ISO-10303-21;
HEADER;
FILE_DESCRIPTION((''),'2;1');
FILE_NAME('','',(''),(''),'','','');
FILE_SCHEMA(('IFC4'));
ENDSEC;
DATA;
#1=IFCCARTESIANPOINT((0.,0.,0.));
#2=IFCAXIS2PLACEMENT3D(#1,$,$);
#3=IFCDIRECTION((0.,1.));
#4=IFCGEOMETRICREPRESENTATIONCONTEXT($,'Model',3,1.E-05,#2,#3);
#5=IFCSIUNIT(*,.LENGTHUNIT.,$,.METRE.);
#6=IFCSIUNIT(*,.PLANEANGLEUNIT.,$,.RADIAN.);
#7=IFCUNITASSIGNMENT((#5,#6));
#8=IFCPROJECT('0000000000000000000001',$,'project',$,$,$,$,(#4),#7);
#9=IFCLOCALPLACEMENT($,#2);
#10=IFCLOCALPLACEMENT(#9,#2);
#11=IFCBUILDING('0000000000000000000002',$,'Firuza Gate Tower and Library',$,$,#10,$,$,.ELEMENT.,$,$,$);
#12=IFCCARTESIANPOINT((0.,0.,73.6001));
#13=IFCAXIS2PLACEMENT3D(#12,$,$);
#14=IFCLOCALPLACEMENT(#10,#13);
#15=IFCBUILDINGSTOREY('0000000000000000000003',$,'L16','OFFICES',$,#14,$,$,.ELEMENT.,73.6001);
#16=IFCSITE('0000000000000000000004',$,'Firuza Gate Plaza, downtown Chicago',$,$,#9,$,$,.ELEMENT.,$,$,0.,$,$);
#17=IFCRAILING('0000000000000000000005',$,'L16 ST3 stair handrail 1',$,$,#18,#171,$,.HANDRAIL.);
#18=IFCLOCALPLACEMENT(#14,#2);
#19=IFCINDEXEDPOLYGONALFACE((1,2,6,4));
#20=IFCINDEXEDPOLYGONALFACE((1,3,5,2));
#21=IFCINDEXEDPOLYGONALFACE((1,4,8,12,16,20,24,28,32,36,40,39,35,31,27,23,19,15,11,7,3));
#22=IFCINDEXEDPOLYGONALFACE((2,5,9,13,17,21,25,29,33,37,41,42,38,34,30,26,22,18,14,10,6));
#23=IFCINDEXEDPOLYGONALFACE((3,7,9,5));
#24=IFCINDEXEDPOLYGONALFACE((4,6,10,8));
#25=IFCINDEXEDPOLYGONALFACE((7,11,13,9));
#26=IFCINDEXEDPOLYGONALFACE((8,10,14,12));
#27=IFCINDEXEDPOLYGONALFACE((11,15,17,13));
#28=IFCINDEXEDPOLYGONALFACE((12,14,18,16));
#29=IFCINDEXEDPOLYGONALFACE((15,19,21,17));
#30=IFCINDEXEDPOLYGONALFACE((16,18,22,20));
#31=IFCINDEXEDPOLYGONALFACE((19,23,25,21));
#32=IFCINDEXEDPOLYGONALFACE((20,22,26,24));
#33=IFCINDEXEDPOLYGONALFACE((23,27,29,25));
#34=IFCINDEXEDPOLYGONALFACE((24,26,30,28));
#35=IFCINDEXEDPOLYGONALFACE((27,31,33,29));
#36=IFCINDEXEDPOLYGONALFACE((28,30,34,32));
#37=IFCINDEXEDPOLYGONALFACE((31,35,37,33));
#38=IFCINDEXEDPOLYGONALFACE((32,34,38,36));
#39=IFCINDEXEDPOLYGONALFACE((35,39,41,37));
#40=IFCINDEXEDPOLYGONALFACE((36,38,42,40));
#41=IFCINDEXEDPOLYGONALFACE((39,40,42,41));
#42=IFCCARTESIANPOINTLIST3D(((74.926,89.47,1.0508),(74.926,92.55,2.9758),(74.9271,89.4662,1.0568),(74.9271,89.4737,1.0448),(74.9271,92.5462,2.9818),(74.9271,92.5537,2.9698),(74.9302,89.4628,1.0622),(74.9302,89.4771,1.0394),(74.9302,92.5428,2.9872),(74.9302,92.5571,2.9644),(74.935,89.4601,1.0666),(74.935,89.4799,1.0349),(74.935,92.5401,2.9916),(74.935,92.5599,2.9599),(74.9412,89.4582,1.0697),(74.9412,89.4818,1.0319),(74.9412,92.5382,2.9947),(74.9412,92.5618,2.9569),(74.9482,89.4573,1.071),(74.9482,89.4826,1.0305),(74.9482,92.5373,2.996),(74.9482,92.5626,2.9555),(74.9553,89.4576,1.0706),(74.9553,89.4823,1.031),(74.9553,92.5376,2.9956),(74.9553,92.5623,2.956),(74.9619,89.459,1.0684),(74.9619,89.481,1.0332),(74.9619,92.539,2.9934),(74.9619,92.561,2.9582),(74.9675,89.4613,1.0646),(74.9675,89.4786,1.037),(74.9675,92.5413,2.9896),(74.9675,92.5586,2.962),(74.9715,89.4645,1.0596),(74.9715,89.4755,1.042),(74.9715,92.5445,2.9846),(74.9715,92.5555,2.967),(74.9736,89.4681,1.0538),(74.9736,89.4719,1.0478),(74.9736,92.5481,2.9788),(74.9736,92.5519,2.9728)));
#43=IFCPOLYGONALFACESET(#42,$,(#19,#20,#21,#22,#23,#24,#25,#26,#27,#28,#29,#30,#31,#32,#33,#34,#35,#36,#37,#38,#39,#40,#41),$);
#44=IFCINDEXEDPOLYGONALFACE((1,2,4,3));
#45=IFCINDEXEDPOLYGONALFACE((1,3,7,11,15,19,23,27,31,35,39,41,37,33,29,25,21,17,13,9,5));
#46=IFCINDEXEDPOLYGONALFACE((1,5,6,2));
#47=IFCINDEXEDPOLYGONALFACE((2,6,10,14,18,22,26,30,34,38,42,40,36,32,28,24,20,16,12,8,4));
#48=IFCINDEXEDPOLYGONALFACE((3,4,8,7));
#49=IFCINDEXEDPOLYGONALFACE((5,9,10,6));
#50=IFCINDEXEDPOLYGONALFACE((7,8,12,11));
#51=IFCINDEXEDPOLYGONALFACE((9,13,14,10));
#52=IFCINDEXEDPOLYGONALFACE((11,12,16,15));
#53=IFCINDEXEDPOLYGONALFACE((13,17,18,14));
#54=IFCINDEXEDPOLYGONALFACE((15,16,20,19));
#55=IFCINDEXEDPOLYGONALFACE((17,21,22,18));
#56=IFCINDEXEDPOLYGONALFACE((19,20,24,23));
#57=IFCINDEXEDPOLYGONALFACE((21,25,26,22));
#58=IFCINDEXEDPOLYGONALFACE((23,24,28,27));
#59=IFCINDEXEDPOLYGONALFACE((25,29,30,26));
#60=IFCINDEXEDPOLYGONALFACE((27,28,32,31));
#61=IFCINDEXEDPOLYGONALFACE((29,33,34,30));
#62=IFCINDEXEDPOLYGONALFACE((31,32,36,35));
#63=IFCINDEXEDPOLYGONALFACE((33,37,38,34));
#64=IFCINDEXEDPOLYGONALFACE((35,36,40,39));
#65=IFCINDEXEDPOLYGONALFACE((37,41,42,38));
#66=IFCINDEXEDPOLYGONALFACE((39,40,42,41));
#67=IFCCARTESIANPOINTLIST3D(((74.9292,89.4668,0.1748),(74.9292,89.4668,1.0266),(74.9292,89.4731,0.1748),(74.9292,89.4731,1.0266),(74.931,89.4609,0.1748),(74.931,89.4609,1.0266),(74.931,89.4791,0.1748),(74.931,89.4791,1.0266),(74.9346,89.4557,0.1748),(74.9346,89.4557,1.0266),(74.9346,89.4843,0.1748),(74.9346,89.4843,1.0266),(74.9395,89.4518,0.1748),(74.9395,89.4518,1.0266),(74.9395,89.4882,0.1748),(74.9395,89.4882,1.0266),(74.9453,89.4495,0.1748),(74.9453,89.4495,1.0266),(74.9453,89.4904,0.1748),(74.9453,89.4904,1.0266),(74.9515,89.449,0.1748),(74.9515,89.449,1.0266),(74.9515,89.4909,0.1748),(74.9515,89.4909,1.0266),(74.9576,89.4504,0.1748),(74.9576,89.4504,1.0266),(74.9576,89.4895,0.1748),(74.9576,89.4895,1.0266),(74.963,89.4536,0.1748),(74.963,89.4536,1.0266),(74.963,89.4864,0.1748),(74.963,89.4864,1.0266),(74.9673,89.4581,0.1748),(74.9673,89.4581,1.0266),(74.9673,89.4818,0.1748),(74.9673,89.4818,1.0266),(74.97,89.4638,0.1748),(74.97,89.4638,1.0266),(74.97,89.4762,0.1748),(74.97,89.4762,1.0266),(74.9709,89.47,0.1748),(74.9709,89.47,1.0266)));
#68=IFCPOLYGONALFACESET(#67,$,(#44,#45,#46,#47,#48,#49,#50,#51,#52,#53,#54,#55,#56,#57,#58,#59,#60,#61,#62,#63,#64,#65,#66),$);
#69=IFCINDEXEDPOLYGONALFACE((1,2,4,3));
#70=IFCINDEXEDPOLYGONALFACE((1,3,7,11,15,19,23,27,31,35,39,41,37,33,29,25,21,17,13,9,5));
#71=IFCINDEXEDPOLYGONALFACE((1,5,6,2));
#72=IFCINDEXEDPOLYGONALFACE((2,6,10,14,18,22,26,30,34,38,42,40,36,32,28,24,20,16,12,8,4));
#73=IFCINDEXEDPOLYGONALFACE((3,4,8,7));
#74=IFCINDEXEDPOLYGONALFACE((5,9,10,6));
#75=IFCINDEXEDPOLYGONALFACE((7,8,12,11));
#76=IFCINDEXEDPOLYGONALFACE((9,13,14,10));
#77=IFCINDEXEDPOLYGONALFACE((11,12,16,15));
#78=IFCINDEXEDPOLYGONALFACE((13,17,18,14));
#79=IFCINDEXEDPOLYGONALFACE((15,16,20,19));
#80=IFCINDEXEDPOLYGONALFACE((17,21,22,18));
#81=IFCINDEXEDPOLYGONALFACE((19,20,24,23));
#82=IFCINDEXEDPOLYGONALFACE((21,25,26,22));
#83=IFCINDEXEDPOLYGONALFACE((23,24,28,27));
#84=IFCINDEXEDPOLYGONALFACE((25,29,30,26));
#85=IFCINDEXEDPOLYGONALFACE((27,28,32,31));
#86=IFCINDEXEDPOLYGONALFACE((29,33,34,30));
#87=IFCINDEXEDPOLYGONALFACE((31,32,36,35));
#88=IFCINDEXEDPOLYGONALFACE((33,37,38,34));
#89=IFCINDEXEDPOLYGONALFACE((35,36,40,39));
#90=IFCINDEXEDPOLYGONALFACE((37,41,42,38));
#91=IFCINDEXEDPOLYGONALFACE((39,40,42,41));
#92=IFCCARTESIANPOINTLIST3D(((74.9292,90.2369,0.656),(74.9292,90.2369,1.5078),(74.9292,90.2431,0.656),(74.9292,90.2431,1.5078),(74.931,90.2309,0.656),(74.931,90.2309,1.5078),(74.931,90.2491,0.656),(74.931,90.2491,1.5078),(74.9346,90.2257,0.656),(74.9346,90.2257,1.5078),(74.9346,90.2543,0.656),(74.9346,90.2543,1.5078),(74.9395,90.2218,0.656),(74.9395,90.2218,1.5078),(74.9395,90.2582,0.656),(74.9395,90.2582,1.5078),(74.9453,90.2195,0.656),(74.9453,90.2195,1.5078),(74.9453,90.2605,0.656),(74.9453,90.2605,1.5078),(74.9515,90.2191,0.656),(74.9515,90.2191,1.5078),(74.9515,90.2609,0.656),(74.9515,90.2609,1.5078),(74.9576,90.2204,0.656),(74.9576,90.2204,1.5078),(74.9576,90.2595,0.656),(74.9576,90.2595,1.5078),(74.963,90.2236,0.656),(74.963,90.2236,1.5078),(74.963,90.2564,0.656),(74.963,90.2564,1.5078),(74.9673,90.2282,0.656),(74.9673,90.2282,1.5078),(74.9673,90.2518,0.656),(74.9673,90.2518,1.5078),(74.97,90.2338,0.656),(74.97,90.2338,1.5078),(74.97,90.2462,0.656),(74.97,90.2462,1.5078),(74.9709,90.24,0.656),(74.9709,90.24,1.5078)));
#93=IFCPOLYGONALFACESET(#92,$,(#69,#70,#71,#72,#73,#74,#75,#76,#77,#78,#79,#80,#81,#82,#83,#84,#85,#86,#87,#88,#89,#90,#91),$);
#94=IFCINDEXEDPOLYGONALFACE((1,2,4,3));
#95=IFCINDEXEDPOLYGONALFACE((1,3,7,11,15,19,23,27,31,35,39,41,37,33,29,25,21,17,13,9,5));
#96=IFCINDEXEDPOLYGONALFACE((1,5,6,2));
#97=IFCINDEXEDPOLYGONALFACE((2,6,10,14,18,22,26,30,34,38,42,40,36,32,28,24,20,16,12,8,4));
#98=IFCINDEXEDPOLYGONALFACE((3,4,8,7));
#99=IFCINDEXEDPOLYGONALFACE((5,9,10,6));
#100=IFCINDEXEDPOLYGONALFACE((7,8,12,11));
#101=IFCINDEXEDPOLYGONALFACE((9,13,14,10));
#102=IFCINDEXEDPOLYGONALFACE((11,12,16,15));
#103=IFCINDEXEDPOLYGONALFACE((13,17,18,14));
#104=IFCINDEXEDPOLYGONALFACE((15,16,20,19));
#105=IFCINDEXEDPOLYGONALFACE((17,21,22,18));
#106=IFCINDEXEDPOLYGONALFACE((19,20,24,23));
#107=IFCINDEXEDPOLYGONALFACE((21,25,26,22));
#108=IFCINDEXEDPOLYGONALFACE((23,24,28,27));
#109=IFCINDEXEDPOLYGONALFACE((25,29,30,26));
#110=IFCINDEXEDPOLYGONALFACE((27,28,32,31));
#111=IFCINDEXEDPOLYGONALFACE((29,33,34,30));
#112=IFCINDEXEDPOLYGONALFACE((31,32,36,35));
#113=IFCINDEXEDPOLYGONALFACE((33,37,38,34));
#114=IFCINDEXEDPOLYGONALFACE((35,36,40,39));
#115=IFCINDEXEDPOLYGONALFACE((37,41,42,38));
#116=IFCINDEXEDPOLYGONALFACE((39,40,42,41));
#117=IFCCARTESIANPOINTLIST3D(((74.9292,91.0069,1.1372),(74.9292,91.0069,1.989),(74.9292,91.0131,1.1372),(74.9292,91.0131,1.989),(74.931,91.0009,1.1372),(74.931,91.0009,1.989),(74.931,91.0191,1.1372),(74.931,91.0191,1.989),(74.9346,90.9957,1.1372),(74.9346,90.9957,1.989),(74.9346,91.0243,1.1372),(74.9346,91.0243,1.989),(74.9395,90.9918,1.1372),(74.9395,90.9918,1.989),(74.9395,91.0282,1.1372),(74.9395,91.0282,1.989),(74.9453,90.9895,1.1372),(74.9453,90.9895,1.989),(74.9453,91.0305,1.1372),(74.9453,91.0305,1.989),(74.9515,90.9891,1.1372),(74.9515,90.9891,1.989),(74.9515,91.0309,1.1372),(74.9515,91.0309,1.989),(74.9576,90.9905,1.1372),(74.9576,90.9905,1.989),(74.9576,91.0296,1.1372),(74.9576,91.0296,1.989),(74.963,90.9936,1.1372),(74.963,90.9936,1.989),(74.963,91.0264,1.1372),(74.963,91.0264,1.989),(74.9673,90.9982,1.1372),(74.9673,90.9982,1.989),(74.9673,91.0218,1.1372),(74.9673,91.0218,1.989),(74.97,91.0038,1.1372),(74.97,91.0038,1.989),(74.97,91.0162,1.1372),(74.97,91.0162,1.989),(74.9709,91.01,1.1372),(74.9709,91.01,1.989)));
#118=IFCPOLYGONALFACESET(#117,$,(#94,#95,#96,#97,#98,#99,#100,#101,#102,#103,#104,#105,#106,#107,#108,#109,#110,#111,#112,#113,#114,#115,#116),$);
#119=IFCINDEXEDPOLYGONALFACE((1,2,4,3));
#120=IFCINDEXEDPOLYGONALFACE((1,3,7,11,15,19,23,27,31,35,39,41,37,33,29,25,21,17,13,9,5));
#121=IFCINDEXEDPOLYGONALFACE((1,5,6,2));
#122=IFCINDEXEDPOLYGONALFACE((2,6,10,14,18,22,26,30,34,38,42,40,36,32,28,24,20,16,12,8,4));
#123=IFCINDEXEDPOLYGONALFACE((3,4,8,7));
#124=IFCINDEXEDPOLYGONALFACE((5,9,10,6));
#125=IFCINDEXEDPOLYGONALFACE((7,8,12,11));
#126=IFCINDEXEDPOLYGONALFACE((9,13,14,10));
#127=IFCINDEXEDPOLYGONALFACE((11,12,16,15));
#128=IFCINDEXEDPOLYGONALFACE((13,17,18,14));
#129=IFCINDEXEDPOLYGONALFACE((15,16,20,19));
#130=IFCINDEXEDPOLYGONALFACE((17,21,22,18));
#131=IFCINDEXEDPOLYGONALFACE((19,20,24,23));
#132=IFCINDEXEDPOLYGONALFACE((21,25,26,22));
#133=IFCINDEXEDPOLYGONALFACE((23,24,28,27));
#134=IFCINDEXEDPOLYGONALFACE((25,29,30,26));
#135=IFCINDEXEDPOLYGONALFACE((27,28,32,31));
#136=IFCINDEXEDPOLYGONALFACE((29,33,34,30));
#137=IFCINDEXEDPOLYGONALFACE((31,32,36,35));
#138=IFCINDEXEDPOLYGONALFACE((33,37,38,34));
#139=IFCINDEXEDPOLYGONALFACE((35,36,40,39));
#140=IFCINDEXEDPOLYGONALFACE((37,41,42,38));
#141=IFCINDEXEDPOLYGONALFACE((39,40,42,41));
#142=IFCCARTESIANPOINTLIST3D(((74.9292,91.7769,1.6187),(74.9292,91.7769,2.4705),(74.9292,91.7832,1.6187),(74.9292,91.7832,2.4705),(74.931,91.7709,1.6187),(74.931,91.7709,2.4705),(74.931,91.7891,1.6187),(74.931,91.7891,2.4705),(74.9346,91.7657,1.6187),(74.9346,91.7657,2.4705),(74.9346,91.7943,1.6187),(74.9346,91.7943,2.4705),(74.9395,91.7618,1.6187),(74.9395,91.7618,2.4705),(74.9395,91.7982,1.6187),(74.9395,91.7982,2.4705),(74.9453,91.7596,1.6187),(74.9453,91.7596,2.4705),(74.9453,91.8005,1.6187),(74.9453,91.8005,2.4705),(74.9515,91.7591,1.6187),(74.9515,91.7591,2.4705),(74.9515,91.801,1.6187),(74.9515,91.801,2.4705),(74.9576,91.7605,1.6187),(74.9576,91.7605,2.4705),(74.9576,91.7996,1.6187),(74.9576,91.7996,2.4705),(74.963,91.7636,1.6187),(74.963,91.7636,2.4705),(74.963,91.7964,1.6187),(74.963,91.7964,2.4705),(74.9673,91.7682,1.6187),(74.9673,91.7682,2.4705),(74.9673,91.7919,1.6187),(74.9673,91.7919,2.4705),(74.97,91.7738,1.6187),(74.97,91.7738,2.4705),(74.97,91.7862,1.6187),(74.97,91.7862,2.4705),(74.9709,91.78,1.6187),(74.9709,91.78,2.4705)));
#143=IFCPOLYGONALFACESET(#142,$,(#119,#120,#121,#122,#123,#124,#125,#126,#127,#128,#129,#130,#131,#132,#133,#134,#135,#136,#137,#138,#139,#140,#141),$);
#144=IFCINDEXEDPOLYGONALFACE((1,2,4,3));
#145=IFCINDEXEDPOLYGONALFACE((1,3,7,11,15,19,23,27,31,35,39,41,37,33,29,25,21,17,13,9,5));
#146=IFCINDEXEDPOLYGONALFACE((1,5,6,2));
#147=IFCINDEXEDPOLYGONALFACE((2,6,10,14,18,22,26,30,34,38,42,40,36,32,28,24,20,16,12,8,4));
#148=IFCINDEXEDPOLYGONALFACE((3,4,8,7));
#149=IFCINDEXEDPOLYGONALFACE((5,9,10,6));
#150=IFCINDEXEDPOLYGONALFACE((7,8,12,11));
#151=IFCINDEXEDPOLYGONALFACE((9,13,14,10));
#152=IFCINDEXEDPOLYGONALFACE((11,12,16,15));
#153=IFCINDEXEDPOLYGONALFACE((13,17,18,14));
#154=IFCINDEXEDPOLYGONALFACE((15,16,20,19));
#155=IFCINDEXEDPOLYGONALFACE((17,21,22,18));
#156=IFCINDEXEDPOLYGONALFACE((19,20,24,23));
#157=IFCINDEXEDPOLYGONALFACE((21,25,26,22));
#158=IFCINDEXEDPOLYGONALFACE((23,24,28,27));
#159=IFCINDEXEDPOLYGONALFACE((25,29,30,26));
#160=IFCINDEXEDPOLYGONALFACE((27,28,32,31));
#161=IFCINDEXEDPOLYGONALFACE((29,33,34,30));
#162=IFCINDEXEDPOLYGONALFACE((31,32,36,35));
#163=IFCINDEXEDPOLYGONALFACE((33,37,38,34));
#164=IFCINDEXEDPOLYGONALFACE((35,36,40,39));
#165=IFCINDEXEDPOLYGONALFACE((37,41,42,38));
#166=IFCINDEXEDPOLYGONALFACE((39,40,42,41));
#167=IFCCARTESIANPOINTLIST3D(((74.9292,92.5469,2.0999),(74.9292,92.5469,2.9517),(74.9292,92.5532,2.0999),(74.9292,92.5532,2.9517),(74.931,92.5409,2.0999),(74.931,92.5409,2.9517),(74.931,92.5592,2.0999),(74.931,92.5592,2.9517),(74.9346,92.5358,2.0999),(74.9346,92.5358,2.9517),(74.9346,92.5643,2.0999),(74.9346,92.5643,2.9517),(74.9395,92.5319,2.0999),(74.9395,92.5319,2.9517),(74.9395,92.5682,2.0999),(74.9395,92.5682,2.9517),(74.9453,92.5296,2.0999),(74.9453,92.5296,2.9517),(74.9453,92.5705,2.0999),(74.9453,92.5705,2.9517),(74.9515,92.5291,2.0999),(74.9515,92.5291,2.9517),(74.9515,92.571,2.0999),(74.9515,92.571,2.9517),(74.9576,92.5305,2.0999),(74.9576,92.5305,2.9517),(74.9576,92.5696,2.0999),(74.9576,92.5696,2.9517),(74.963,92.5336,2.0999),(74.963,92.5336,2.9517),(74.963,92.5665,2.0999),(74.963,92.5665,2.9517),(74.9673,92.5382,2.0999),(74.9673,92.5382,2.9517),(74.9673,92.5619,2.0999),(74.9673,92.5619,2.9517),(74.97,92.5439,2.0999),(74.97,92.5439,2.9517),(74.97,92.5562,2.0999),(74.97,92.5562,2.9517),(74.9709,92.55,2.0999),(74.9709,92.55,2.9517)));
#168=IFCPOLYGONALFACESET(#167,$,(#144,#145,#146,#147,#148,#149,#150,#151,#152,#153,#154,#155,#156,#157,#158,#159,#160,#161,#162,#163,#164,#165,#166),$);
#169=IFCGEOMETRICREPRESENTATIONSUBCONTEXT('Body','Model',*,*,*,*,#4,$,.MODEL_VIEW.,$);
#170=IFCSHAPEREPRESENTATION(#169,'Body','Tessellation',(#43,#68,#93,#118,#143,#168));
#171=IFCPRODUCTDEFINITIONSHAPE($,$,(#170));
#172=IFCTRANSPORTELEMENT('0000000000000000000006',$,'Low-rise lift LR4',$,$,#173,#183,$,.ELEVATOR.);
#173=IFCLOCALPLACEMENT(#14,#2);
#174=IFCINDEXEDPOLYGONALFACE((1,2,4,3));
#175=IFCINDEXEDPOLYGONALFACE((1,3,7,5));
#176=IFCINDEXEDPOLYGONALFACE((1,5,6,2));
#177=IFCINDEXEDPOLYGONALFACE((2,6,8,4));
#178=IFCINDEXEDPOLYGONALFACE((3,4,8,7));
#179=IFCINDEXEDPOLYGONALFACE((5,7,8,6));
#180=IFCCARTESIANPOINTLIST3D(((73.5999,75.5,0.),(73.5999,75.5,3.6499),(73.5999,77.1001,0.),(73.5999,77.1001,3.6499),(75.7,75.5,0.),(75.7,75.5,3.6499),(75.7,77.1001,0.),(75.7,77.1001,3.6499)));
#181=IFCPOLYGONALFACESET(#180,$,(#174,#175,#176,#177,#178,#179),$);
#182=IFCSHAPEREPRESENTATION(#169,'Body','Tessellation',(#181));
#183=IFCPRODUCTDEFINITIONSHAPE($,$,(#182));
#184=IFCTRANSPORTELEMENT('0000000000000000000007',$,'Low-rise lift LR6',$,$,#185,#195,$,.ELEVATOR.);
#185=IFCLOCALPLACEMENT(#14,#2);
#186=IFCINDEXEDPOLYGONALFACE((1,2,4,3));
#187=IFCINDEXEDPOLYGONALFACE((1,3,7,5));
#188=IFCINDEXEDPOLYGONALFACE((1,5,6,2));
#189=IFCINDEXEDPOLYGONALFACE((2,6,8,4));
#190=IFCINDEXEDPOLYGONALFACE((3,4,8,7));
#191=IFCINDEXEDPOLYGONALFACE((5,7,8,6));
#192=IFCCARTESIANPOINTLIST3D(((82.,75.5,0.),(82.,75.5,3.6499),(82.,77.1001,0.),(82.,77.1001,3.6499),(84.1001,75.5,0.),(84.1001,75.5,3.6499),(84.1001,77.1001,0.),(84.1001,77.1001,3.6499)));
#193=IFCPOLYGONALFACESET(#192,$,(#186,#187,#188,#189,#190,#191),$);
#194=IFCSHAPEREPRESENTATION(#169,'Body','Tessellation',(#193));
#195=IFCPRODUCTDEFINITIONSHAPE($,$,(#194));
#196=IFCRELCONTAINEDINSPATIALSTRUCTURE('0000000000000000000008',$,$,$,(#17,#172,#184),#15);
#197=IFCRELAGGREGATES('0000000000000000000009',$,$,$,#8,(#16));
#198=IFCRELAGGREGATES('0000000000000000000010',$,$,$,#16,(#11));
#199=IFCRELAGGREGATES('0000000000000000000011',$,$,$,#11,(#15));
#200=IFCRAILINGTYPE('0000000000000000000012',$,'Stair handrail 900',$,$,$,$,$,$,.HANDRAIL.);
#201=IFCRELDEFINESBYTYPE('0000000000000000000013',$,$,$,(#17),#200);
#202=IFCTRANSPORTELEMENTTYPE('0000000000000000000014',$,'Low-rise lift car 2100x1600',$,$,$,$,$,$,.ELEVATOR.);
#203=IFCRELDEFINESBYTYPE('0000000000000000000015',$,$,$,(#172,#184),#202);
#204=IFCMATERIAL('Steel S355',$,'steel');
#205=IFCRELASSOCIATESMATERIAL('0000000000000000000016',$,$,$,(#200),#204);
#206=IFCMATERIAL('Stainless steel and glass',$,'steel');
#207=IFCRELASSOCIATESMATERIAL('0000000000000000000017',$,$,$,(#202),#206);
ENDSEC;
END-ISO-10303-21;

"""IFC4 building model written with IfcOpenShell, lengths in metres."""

from ifc_helpers import new_model, si_unit, direction, frame, origin, origin_2d, place, context, subcontext, project, spatial, rectangle, circle, extrude, material, type_object, element, save


model = new_model("IFC4")

# Units and contexts
model_context = context("Model", 3, precision=1e-05, world=origin(), true_north=direction((0.0, 1.0)))
body_context = subcontext(model_context, "Body", "Model", "MODEL_VIEW")
ifc_project = project(units=[si_unit("LENGTHUNIT", "METRE"), si_unit("PLANEANGLEUNIT", "RADIAN")], contexts=[model_context])

# Site, building, storey
site_placement = place(None, origin())
site = spatial("IfcSite", under=ifc_project, at=site_placement, Name="Firuza Gate Plaza, downtown Chicago", CompositionType="ELEMENT", RefElevation=0.0)
building_placement = place(site_placement, origin())
building = spatial("IfcBuilding", under=site, at=building_placement, Name="Firuza Gate Tower and Library", CompositionType="ELEMENT")
storey_placement = place(building_placement, frame((0.0, 0.0, 73.6001)))
storey = spatial("IfcBuildingStorey", under=building, at=storey_placement, Name="L16", Description="OFFICES", CompositionType="ELEMENT", Elevation=73.6001)

# Railing
ifc_material_1 = material(Name="Steel S355", Category="steel")
railing_type_1 = type_object("IfcRailingType", Name="Stair handrail 900", PredefinedType="HANDRAIL", material=ifc_material_1)
railing_1_placement = place(storey_placement, frame((74.95, 89.47, 0.1748)))
element("IfcRailing", 1, at=railing_1_placement, inside=storey, type_object=railing_type_1, Name="L16 ST3 stair handrail 1", PredefinedType="HANDRAIL", context=body_context, shape_type="SweptSolid", body=[
    extrude(circle(Radius=0.0239, at=origin_2d()), frame((0.0, 0.0, 0.876), z_axis=(0.0, 0.847998, 0.529999), x_axis=(-1.0, 0.0, 0.0)), (0.0, 0.0, 1.0), 3.6321),
    extrude(circle(Radius=0.021, at=origin_2d()), origin(), (0.0, 0.0, 1.0), 0.8518),
    extrude(circle(Radius=0.021, at=origin_2d()), frame((0.0, 0.77, 0.4812)), (0.0, 0.0, 1.0), 0.8518),
    extrude(circle(Radius=0.021, at=origin_2d()), frame((0.0, 1.54, 0.9624)), (0.0, 0.0, 1.0), 0.8518),
    extrude(circle(Radius=0.021, at=origin_2d()), frame((0.0, 2.3101, 1.4438)), (0.0, 0.0, 1.0), 0.8518),
    extrude(circle(Radius=0.021, at=origin_2d()), frame((0.0, 3.0801, 1.925)), (0.0, 0.0, 1.0), 0.8518),
])

# Transport elements
ifc_material_2 = material(Name="Stainless steel and glass", Category="steel")
transport_element_type = type_object("IfcTransportElementType", Name="Low-rise lift car 2100x1600", PredefinedType="ELEVATOR", material=ifc_material_2)
for number, where, z_axis, x_axis, name in (
    (2, (74.6499, 76.3, 0.0), (0.0, 0.0, 1.0), (1.0, 0.0, 0.0), "Low-rise lift LR4"),
    (3, (83.05, 76.3, 0.0), (0.0, 0.0, 1.0), (1.0, 0.0, 0.0), "Low-rise lift LR6"),
):
    element("IfcTransportElement", number, at=place(storey_placement, frame(where, z_axis=z_axis, x_axis=x_axis)), inside=storey, type_object=transport_element_type, Name=name, PredefinedType="ELEVATOR", context=body_context, shape_type="SweptSolid", body=[
        extrude(rectangle(XDim=2.1001, YDim=1.6001, at=origin_2d()), origin(), (0.0, 0.0, 1.0), 3.6499),
    ])

save(model, "model.ifc")
